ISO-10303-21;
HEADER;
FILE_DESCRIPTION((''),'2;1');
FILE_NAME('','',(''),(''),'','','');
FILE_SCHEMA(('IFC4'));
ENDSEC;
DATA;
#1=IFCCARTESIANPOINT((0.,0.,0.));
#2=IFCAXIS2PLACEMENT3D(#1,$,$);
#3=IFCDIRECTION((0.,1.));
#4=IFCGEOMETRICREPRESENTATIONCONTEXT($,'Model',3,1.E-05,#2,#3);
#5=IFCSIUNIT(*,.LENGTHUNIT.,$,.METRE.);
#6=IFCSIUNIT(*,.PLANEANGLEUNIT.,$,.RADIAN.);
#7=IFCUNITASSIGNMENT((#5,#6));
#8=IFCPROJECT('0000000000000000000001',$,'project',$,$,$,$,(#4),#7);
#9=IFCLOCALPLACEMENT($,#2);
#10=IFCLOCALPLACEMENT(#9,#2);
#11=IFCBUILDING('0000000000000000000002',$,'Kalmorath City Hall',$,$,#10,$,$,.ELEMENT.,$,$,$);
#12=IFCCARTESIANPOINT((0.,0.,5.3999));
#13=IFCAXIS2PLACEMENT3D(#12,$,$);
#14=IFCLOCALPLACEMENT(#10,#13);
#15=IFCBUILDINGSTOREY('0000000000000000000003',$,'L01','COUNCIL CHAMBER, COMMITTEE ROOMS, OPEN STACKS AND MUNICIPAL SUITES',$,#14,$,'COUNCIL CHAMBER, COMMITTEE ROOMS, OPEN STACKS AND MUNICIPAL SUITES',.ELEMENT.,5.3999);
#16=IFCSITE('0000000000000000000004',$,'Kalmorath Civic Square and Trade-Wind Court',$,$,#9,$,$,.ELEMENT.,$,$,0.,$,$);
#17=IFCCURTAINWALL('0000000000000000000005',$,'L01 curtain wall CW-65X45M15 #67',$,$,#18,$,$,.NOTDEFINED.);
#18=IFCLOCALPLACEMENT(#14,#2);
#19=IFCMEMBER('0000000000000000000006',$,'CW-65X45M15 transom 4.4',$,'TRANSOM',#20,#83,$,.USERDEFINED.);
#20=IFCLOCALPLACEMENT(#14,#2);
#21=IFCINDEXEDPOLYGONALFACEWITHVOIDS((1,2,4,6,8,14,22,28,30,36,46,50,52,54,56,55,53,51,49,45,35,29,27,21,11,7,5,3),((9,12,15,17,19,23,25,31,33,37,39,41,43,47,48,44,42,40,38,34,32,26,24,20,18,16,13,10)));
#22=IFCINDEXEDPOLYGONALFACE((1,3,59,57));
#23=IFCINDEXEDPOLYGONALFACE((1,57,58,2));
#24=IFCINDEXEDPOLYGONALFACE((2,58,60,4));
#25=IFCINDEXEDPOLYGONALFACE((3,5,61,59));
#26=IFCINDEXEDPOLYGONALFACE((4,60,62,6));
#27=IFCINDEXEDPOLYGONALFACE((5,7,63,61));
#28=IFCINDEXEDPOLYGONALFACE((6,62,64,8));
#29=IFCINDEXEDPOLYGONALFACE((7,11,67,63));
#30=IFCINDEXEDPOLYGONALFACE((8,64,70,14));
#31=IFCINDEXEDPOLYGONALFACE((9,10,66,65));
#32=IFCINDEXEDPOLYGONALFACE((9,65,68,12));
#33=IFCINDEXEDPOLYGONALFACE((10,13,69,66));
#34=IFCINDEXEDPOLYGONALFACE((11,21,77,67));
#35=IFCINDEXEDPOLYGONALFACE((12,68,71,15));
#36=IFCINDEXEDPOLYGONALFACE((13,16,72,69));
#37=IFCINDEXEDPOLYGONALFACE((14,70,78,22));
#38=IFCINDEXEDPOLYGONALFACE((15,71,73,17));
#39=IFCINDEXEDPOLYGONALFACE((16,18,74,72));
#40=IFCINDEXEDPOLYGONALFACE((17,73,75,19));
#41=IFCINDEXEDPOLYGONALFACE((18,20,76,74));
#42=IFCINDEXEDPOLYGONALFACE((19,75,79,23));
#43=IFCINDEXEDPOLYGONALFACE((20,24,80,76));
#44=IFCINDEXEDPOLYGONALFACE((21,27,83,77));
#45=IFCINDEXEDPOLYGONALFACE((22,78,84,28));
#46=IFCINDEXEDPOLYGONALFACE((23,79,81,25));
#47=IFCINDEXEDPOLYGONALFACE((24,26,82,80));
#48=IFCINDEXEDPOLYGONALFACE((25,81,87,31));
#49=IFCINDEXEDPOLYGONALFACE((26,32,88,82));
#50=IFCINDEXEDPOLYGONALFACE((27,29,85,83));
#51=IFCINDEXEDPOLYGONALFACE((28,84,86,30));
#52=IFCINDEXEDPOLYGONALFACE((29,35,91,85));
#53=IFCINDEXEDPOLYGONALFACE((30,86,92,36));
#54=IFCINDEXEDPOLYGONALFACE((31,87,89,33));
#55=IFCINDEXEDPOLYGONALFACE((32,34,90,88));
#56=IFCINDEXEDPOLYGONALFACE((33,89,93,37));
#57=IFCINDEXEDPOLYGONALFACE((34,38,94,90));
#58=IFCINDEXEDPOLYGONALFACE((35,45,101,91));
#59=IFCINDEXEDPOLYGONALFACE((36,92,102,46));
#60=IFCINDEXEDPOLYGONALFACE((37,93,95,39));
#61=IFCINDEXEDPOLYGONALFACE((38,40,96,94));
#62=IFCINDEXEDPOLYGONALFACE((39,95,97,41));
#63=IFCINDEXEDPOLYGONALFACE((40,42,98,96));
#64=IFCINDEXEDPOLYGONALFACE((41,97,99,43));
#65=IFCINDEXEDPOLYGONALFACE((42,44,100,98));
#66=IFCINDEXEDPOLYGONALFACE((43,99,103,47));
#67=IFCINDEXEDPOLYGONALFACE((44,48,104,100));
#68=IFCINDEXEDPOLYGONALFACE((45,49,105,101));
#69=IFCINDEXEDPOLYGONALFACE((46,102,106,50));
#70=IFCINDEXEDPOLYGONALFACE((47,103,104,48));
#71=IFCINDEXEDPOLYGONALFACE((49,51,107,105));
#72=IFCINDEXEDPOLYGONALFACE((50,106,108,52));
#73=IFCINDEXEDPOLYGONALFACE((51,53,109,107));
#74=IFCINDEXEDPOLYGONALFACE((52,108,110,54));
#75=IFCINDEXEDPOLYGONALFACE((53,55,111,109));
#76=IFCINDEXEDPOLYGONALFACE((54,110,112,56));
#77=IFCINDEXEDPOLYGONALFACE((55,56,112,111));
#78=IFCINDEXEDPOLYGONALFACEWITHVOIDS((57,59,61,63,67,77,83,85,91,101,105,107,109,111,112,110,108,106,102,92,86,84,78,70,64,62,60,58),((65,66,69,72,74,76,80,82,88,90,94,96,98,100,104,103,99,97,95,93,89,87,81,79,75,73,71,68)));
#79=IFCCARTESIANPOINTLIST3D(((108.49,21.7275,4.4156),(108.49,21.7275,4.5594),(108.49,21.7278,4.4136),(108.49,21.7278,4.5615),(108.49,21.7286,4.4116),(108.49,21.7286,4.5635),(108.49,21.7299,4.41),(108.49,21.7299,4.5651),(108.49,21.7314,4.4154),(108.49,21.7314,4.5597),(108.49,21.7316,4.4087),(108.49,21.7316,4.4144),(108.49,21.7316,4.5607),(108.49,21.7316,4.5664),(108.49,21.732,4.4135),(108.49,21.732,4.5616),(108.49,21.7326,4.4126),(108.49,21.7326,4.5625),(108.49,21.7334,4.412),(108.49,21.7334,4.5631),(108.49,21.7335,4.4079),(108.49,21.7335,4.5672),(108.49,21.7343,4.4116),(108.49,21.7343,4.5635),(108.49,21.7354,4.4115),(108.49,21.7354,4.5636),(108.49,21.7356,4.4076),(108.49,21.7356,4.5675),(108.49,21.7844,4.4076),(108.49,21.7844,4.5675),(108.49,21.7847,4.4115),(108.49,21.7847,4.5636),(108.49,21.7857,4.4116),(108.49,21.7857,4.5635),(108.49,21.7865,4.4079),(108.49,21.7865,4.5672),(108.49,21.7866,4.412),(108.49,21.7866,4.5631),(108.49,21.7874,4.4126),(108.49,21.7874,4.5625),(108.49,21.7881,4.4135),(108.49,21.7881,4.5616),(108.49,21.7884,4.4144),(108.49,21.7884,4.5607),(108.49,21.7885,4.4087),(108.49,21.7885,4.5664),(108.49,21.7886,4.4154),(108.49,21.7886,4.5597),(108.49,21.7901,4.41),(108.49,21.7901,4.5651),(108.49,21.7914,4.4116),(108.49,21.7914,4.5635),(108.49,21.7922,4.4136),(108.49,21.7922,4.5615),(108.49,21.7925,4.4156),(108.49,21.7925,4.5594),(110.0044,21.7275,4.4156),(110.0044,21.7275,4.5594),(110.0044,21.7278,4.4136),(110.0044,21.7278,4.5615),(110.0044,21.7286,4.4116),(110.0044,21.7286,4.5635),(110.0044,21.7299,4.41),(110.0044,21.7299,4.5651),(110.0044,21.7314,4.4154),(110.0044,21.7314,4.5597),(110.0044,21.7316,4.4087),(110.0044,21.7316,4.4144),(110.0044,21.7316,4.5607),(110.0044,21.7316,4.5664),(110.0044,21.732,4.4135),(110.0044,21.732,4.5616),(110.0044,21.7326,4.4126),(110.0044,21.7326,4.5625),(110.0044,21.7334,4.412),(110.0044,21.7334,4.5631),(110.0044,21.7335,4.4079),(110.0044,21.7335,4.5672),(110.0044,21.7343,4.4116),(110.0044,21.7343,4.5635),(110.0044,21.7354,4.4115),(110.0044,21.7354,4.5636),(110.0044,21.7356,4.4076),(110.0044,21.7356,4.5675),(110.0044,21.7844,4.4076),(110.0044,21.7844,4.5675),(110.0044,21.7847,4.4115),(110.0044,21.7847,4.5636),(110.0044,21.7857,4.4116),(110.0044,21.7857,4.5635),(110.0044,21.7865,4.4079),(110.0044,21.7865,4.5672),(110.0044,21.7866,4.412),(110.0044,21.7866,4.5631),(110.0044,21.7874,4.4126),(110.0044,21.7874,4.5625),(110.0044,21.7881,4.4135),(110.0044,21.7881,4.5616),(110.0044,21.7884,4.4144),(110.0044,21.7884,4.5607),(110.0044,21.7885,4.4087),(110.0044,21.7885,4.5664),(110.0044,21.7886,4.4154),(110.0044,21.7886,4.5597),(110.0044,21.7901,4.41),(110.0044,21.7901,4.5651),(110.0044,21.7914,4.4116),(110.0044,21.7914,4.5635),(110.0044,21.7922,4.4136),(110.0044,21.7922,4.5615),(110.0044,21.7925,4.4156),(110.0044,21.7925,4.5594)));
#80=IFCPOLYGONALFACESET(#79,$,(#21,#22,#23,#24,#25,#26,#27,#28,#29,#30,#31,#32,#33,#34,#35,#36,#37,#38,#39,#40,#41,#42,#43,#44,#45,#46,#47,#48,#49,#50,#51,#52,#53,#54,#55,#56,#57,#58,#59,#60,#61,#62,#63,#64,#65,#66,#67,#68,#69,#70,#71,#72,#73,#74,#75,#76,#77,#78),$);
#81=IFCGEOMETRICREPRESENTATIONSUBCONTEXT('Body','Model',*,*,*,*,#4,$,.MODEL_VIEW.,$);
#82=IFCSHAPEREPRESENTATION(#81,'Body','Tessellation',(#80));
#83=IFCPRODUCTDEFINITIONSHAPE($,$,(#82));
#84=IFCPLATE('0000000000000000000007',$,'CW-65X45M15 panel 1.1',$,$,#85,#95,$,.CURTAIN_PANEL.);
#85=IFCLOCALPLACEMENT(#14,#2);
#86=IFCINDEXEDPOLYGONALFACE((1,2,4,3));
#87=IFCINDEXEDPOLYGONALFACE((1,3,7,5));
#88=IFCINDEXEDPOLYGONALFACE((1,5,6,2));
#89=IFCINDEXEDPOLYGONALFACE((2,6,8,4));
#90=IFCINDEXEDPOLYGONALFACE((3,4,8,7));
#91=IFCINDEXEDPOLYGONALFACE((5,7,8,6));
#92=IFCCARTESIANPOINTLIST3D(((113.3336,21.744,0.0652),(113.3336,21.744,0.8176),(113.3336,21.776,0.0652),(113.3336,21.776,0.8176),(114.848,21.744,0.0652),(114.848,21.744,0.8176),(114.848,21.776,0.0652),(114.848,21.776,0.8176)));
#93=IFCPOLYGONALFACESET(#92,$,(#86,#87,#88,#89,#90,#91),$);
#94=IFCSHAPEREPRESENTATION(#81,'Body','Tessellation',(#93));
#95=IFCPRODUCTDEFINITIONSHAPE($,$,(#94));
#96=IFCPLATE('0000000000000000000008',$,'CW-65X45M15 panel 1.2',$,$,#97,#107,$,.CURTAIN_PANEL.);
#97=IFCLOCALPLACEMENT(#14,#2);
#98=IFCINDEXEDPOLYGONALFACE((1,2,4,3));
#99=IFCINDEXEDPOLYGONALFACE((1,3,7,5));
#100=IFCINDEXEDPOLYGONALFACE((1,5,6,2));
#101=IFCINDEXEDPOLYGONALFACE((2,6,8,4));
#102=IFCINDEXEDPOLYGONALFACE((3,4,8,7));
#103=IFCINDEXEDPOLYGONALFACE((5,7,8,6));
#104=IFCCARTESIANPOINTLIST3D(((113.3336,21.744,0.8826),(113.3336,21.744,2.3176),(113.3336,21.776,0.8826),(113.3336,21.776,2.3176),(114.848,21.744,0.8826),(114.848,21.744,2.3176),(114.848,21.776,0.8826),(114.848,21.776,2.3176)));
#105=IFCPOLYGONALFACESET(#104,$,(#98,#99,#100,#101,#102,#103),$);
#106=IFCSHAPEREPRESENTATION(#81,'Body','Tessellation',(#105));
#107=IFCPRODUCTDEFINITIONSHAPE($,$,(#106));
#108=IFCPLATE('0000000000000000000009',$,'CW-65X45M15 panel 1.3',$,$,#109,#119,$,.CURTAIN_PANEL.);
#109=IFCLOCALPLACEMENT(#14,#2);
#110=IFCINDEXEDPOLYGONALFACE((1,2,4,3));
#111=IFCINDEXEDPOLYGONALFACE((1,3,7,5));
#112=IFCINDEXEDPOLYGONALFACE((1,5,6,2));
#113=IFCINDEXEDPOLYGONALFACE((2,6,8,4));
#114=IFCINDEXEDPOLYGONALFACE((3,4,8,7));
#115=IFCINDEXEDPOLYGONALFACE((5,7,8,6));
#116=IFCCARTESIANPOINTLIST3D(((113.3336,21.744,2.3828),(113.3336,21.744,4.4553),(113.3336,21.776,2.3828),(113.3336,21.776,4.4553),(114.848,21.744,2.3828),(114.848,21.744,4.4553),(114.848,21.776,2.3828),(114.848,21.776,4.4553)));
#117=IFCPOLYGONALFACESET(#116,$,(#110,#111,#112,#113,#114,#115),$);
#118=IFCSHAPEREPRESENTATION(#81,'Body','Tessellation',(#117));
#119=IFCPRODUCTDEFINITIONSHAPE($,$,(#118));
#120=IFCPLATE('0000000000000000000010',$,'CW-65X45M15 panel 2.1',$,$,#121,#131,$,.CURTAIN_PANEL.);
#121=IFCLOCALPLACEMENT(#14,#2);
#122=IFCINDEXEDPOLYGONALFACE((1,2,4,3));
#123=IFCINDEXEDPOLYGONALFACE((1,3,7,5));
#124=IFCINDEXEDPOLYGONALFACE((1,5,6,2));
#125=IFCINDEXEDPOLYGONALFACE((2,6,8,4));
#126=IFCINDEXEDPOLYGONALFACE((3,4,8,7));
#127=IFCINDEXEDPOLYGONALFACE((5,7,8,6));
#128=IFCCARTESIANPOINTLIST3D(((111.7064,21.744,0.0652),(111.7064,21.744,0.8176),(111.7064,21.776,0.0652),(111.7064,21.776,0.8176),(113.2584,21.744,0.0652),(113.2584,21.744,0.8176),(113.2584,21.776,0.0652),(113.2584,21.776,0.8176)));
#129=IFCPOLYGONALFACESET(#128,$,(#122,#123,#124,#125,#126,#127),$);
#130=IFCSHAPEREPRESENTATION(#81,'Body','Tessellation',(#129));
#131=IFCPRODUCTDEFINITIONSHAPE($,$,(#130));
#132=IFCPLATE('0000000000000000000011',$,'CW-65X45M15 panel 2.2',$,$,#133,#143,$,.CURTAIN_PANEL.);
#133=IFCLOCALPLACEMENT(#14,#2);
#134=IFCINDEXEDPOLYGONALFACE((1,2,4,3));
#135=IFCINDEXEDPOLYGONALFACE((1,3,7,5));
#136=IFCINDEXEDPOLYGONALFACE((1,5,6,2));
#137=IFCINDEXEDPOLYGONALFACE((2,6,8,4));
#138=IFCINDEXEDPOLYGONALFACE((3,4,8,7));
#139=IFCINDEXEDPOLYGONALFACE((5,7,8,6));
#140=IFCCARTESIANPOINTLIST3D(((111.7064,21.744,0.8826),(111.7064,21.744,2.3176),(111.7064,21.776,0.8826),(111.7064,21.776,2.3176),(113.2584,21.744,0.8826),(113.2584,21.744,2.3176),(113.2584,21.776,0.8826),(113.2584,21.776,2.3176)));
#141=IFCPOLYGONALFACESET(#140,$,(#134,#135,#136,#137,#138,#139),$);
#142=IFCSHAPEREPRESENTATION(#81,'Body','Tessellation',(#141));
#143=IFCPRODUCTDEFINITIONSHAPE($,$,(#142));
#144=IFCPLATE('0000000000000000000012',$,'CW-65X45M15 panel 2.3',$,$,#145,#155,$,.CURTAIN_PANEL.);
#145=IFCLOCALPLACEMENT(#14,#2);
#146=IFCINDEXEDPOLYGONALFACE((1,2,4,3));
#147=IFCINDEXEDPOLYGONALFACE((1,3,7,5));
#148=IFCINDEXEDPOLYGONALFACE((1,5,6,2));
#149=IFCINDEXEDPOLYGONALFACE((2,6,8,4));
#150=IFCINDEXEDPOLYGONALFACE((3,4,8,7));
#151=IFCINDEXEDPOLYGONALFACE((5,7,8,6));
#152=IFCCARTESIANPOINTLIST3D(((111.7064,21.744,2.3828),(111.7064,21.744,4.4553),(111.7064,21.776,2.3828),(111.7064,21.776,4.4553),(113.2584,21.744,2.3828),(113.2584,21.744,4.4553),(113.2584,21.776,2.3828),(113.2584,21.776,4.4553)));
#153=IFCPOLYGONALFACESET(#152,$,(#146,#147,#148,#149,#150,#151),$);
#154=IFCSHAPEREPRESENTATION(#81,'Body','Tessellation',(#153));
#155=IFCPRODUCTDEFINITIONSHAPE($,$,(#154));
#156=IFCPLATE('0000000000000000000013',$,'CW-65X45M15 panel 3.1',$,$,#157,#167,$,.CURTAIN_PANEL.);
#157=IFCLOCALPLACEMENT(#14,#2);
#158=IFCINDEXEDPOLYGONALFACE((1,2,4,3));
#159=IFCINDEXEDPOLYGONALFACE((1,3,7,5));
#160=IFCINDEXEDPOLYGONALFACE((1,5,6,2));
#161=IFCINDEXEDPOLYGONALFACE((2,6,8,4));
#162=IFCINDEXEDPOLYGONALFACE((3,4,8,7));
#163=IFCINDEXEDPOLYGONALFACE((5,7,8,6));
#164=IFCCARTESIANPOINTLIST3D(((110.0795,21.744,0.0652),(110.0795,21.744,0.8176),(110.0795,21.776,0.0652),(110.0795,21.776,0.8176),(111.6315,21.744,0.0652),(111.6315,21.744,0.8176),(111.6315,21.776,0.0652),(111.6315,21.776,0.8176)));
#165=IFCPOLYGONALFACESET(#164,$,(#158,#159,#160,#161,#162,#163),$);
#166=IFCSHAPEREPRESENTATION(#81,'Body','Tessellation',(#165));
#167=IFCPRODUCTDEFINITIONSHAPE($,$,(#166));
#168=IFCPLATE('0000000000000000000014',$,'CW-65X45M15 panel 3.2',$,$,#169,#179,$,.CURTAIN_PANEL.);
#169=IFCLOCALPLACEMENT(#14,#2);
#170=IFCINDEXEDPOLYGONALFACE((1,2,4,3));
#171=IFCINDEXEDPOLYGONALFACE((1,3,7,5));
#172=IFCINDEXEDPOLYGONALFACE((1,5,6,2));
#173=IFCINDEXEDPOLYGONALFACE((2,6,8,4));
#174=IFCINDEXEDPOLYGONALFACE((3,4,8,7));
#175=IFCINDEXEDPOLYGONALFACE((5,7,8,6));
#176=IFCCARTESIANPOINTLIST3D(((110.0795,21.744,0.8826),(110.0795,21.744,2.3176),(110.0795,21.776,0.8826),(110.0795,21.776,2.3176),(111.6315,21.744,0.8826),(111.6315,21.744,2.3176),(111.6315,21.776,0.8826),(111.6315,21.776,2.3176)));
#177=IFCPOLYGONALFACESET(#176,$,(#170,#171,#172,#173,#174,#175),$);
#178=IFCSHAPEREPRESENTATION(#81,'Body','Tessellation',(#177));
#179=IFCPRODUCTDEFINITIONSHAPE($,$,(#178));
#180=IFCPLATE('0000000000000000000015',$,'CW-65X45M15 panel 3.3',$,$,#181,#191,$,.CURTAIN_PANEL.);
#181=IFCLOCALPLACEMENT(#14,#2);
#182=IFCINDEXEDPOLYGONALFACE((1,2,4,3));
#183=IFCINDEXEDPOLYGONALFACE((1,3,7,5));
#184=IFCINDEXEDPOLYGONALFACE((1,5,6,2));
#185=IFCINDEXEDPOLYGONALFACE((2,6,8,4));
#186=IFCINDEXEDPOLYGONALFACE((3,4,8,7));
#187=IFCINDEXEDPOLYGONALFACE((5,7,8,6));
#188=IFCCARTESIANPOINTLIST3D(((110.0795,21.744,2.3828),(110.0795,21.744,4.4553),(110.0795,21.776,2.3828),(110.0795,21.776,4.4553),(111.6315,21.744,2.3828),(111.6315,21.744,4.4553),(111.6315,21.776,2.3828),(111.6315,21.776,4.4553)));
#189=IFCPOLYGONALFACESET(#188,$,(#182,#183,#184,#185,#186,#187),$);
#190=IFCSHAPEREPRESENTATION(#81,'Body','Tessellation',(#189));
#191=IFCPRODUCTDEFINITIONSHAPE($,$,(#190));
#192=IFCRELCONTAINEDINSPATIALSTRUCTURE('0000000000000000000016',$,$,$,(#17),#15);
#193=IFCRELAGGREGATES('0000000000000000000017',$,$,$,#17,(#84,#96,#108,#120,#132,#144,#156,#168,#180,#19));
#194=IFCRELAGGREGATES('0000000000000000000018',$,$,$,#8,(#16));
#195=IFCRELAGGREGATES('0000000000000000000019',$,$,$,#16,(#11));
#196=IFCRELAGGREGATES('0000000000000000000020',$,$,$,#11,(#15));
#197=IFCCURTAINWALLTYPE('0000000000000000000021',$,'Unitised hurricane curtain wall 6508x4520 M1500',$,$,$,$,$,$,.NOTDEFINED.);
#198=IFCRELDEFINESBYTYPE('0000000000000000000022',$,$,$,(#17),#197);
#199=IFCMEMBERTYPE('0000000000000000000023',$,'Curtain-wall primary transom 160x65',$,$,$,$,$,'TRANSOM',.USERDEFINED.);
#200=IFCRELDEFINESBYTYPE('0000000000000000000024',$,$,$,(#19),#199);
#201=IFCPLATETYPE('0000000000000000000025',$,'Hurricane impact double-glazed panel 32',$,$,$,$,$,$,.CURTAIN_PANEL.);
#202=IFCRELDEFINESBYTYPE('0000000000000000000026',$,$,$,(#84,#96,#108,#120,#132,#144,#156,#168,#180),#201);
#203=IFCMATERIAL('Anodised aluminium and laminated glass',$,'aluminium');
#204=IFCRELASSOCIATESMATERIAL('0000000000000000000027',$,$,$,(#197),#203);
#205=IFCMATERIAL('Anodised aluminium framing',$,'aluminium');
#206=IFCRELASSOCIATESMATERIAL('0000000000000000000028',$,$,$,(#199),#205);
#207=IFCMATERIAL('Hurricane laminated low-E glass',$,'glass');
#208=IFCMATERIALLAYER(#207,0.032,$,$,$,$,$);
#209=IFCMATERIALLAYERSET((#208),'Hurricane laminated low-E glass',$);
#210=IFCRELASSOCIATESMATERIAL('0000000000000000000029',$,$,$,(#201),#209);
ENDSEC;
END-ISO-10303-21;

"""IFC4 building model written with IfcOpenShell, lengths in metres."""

from ifc_helpers import new_model, si_unit, direction, frame, origin, origin_2d, place, context, subcontext, project, spatial, rectangle, hollow_rectangle, extrude, material, layer, layer_set, material_profile, profile_set, type_object, element, aggregate, save


model = new_model("IFC4")

# Units and contexts
model_context = context("Model", 3, precision=1e-05, world=origin(), true_north=direction((0.0, 1.0)))
body_context = subcontext(model_context, "Body", "Model", "MODEL_VIEW")
ifc_project = project(units=[si_unit("LENGTHUNIT", "METRE"), si_unit("PLANEANGLEUNIT", "RADIAN")], contexts=[model_context])

# Site, building, storey
site_placement = place(None, origin())
site = spatial("IfcSite", under=ifc_project, at=site_placement, Name="Kalmorath Civic Square and Trade-Wind Court", CompositionType="ELEMENT", RefElevation=0.0)
building_placement = place(site_placement, origin())
building = spatial("IfcBuilding", under=site, at=building_placement, Name="Kalmorath City Hall", CompositionType="ELEMENT")
storey_placement = place(building_placement, frame((0.0, 0.0, 5.3999)))
storey = spatial("IfcBuildingStorey", under=building, at=storey_placement, Name="L01", Description="COUNCIL CHAMBER, COMMITTEE ROOMS, OPEN STACKS AND MUNICIPAL SUITES", LongName="COUNCIL CHAMBER, COMMITTEE ROOMS, OPEN STACKS AND MUNICIPAL SUITES", CompositionType="ELEMENT", Elevation=5.3999)

# Curtain wall, member, plates
ifc_material_1 = material(Name="Anodised aluminium and laminated glass", Category="aluminium")
curtain_wall_type = type_object("IfcCurtainWallType", Name="Unitised hurricane curtain wall 6508x4520 M1500", PredefinedType="NOTDEFINED", material=ifc_material_1)
curtain_wall_placement = place(storey_placement, origin())
curtain_wall = element("IfcCurtainWall", 1, at=curtain_wall_placement, inside=storey, type_object=curtain_wall_type, Name="L01 curtain wall CW-65X45M15 #67", PredefinedType="NOTDEFINED")
ifc_material_2 = material(Name="Anodised aluminium framing", Category="aluminium")
ifc_material_profile_1 = material_profile(ifc_material_2, hollow_rectangle(XDim=0.0649, YDim=0.1599, WallThickness=0.0039, InnerFilletRadius=0.0039, OuterFilletRadius=0.0081, at=origin_2d()), Name="ALU-TRN-160X65X4")
ifc_profile_set_1 = profile_set([ifc_material_profile_1], Name="Anodised aluminium framing")
member_type_1 = type_object("IfcMemberType", Name="Curtain-wall primary transom 160x65", ElementType="TRANSOM", PredefinedType="USERDEFINED", material=ifc_profile_set_1)
member_1_placement = place(storey_placement, frame((110.0044, 21.76, 4.4875), z_axis=(-1.0, 0.0, 0.0), x_axis=(0.0, -1.0, 0.0)))
member_1 = element("IfcMember", 2, at=member_1_placement, type_object=member_type_1, Name="CW-65X45M15 transom 4.4", ObjectType="TRANSOM", PredefinedType="USERDEFINED", context=body_context, shape_type="SweptSolid", body=[
    extrude(hollow_rectangle(XDim=0.0649, YDim=0.1599, WallThickness=0.0039, InnerFilletRadius=0.0039, OuterFilletRadius=0.0081, at=origin_2d()), origin(), (0.0, 0.0, 1.0), 1.5144),
])
ifc_material_3 = material(Name="Hurricane laminated low-E glass", Category="glass")
ifc_layer = layer(ifc_material_3, 0.032)
ifc_layer_set = layer_set([ifc_layer], Name="Hurricane laminated low-E glass")
plate_type = type_object("IfcPlateType", Name="Hurricane impact double-glazed panel 32", PredefinedType="CURTAIN_PANEL", material=ifc_layer_set)
plate_1_placement = place(storey_placement, frame((114.0908, 21.76, 0.0652), z_axis=(0.0, 0.0, 1.0), x_axis=(-1.0, 0.0, 0.0)))
plate_1 = element("IfcPlate", 3, at=plate_1_placement, type_object=plate_type, Name="CW-65X45M15 panel 1.1", PredefinedType="CURTAIN_PANEL", context=body_context, shape_type="SweptSolid", body=[
    extrude(rectangle(XDim=1.5144, YDim=0.032, at=origin_2d()), origin(), (0.0, 0.0, 1.0), 0.7524),
])
plate_2_placement = place(storey_placement, frame((114.0908, 21.76, 0.8826), z_axis=(0.0, 0.0, 1.0), x_axis=(-1.0, 0.0, 0.0)))
plate_2 = element("IfcPlate", 4, at=plate_2_placement, type_object=plate_type, Name="CW-65X45M15 panel 1.2", PredefinedType="CURTAIN_PANEL", context=body_context, shape_type="SweptSolid", body=[
    extrude(rectangle(XDim=1.5144, YDim=0.032, at=origin_2d()), origin(), (0.0, 0.0, 1.0), 1.4351),
])
plate_3_placement = place(storey_placement, frame((114.0908, 21.76, 2.3828), z_axis=(0.0, 0.0, 1.0), x_axis=(-1.0, 0.0, 0.0)))
plate_3 = element("IfcPlate", 5, at=plate_3_placement, type_object=plate_type, Name="CW-65X45M15 panel 1.3", PredefinedType="CURTAIN_PANEL", context=body_context, shape_type="SweptSolid", body=[
    extrude(rectangle(XDim=1.5144, YDim=0.032, at=origin_2d()), origin(), (0.0, 0.0, 1.0), 2.0725),
])
plate_4_placement = place(storey_placement, frame((112.4824, 21.76, 0.0652), z_axis=(0.0, 0.0, 1.0), x_axis=(-1.0, 0.0, 0.0)))
plate_4 = element("IfcPlate", 6, at=plate_4_placement, type_object=plate_type, Name="CW-65X45M15 panel 2.1", PredefinedType="CURTAIN_PANEL", context=body_context, shape_type="SweptSolid", body=[
    extrude(rectangle(XDim=1.552, YDim=0.032, at=origin_2d()), origin(), (0.0, 0.0, 1.0), 0.7524),
])
plate_5_placement = place(storey_placement, frame((112.4824, 21.76, 0.8826), z_axis=(0.0, 0.0, 1.0), x_axis=(-1.0, 0.0, 0.0)))
plate_5 = element("IfcPlate", 7, at=plate_5_placement, type_object=plate_type, Name="CW-65X45M15 panel 2.2", PredefinedType="CURTAIN_PANEL", context=body_context, shape_type="SweptSolid", body=[
    extrude(rectangle(XDim=1.552, YDim=0.032, at=origin_2d()), origin(), (0.0, 0.0, 1.0), 1.4351),
])
plate_6_placement = place(storey_placement, frame((112.4824, 21.76, 2.3828), z_axis=(0.0, 0.0, 1.0), x_axis=(-1.0, 0.0, 0.0)))
plate_6 = element("IfcPlate", 8, at=plate_6_placement, type_object=plate_type, Name="CW-65X45M15 panel 2.3", PredefinedType="CURTAIN_PANEL", context=body_context, shape_type="SweptSolid", body=[
    extrude(rectangle(XDim=1.552, YDim=0.032, at=origin_2d()), origin(), (0.0, 0.0, 1.0), 2.0725),
])
plate_7_placement = place(storey_placement, frame((110.8555, 21.76, 0.0652), z_axis=(0.0, 0.0, 1.0), x_axis=(-1.0, 0.0, 0.0)))
plate_7 = element("IfcPlate", 9, at=plate_7_placement, type_object=plate_type, Name="CW-65X45M15 panel 3.1", PredefinedType="CURTAIN_PANEL", context=body_context, shape_type="SweptSolid", body=[
    extrude(rectangle(XDim=1.552, YDim=0.032, at=origin_2d()), origin(), (0.0, 0.0, 1.0), 0.7524),
])
plate_8_placement = place(storey_placement, frame((110.8555, 21.76, 0.8826), z_axis=(0.0, 0.0, 1.0), x_axis=(-1.0, 0.0, 0.0)))
plate_8 = element("IfcPlate", 10, at=plate_8_placement, type_object=plate_type, Name="CW-65X45M15 panel 3.2", PredefinedType="CURTAIN_PANEL", context=body_context, shape_type="SweptSolid", body=[
    extrude(rectangle(XDim=1.552, YDim=0.032, at=origin_2d()), origin(), (0.0, 0.0, 1.0), 1.4351),
])
plate_9_placement = place(storey_placement, frame((110.8555, 21.76, 2.3828), z_axis=(0.0, 0.0, 1.0), x_axis=(-1.0, 0.0, 0.0)))
plate_9 = element("IfcPlate", 11, at=plate_9_placement, type_object=plate_type, Name="CW-65X45M15 panel 3.3", PredefinedType="CURTAIN_PANEL", context=body_context, shape_type="SweptSolid", body=[
    extrude(rectangle(XDim=1.552, YDim=0.032, at=origin_2d()), origin(), (0.0, 0.0, 1.0), 2.0725),
])
aggregate(curtain_wall, [plate_1, plate_2, plate_3, plate_4, plate_5, plate_6, plate_7, plate_8, plate_9, member_1])

save(model, "model.ifc")
